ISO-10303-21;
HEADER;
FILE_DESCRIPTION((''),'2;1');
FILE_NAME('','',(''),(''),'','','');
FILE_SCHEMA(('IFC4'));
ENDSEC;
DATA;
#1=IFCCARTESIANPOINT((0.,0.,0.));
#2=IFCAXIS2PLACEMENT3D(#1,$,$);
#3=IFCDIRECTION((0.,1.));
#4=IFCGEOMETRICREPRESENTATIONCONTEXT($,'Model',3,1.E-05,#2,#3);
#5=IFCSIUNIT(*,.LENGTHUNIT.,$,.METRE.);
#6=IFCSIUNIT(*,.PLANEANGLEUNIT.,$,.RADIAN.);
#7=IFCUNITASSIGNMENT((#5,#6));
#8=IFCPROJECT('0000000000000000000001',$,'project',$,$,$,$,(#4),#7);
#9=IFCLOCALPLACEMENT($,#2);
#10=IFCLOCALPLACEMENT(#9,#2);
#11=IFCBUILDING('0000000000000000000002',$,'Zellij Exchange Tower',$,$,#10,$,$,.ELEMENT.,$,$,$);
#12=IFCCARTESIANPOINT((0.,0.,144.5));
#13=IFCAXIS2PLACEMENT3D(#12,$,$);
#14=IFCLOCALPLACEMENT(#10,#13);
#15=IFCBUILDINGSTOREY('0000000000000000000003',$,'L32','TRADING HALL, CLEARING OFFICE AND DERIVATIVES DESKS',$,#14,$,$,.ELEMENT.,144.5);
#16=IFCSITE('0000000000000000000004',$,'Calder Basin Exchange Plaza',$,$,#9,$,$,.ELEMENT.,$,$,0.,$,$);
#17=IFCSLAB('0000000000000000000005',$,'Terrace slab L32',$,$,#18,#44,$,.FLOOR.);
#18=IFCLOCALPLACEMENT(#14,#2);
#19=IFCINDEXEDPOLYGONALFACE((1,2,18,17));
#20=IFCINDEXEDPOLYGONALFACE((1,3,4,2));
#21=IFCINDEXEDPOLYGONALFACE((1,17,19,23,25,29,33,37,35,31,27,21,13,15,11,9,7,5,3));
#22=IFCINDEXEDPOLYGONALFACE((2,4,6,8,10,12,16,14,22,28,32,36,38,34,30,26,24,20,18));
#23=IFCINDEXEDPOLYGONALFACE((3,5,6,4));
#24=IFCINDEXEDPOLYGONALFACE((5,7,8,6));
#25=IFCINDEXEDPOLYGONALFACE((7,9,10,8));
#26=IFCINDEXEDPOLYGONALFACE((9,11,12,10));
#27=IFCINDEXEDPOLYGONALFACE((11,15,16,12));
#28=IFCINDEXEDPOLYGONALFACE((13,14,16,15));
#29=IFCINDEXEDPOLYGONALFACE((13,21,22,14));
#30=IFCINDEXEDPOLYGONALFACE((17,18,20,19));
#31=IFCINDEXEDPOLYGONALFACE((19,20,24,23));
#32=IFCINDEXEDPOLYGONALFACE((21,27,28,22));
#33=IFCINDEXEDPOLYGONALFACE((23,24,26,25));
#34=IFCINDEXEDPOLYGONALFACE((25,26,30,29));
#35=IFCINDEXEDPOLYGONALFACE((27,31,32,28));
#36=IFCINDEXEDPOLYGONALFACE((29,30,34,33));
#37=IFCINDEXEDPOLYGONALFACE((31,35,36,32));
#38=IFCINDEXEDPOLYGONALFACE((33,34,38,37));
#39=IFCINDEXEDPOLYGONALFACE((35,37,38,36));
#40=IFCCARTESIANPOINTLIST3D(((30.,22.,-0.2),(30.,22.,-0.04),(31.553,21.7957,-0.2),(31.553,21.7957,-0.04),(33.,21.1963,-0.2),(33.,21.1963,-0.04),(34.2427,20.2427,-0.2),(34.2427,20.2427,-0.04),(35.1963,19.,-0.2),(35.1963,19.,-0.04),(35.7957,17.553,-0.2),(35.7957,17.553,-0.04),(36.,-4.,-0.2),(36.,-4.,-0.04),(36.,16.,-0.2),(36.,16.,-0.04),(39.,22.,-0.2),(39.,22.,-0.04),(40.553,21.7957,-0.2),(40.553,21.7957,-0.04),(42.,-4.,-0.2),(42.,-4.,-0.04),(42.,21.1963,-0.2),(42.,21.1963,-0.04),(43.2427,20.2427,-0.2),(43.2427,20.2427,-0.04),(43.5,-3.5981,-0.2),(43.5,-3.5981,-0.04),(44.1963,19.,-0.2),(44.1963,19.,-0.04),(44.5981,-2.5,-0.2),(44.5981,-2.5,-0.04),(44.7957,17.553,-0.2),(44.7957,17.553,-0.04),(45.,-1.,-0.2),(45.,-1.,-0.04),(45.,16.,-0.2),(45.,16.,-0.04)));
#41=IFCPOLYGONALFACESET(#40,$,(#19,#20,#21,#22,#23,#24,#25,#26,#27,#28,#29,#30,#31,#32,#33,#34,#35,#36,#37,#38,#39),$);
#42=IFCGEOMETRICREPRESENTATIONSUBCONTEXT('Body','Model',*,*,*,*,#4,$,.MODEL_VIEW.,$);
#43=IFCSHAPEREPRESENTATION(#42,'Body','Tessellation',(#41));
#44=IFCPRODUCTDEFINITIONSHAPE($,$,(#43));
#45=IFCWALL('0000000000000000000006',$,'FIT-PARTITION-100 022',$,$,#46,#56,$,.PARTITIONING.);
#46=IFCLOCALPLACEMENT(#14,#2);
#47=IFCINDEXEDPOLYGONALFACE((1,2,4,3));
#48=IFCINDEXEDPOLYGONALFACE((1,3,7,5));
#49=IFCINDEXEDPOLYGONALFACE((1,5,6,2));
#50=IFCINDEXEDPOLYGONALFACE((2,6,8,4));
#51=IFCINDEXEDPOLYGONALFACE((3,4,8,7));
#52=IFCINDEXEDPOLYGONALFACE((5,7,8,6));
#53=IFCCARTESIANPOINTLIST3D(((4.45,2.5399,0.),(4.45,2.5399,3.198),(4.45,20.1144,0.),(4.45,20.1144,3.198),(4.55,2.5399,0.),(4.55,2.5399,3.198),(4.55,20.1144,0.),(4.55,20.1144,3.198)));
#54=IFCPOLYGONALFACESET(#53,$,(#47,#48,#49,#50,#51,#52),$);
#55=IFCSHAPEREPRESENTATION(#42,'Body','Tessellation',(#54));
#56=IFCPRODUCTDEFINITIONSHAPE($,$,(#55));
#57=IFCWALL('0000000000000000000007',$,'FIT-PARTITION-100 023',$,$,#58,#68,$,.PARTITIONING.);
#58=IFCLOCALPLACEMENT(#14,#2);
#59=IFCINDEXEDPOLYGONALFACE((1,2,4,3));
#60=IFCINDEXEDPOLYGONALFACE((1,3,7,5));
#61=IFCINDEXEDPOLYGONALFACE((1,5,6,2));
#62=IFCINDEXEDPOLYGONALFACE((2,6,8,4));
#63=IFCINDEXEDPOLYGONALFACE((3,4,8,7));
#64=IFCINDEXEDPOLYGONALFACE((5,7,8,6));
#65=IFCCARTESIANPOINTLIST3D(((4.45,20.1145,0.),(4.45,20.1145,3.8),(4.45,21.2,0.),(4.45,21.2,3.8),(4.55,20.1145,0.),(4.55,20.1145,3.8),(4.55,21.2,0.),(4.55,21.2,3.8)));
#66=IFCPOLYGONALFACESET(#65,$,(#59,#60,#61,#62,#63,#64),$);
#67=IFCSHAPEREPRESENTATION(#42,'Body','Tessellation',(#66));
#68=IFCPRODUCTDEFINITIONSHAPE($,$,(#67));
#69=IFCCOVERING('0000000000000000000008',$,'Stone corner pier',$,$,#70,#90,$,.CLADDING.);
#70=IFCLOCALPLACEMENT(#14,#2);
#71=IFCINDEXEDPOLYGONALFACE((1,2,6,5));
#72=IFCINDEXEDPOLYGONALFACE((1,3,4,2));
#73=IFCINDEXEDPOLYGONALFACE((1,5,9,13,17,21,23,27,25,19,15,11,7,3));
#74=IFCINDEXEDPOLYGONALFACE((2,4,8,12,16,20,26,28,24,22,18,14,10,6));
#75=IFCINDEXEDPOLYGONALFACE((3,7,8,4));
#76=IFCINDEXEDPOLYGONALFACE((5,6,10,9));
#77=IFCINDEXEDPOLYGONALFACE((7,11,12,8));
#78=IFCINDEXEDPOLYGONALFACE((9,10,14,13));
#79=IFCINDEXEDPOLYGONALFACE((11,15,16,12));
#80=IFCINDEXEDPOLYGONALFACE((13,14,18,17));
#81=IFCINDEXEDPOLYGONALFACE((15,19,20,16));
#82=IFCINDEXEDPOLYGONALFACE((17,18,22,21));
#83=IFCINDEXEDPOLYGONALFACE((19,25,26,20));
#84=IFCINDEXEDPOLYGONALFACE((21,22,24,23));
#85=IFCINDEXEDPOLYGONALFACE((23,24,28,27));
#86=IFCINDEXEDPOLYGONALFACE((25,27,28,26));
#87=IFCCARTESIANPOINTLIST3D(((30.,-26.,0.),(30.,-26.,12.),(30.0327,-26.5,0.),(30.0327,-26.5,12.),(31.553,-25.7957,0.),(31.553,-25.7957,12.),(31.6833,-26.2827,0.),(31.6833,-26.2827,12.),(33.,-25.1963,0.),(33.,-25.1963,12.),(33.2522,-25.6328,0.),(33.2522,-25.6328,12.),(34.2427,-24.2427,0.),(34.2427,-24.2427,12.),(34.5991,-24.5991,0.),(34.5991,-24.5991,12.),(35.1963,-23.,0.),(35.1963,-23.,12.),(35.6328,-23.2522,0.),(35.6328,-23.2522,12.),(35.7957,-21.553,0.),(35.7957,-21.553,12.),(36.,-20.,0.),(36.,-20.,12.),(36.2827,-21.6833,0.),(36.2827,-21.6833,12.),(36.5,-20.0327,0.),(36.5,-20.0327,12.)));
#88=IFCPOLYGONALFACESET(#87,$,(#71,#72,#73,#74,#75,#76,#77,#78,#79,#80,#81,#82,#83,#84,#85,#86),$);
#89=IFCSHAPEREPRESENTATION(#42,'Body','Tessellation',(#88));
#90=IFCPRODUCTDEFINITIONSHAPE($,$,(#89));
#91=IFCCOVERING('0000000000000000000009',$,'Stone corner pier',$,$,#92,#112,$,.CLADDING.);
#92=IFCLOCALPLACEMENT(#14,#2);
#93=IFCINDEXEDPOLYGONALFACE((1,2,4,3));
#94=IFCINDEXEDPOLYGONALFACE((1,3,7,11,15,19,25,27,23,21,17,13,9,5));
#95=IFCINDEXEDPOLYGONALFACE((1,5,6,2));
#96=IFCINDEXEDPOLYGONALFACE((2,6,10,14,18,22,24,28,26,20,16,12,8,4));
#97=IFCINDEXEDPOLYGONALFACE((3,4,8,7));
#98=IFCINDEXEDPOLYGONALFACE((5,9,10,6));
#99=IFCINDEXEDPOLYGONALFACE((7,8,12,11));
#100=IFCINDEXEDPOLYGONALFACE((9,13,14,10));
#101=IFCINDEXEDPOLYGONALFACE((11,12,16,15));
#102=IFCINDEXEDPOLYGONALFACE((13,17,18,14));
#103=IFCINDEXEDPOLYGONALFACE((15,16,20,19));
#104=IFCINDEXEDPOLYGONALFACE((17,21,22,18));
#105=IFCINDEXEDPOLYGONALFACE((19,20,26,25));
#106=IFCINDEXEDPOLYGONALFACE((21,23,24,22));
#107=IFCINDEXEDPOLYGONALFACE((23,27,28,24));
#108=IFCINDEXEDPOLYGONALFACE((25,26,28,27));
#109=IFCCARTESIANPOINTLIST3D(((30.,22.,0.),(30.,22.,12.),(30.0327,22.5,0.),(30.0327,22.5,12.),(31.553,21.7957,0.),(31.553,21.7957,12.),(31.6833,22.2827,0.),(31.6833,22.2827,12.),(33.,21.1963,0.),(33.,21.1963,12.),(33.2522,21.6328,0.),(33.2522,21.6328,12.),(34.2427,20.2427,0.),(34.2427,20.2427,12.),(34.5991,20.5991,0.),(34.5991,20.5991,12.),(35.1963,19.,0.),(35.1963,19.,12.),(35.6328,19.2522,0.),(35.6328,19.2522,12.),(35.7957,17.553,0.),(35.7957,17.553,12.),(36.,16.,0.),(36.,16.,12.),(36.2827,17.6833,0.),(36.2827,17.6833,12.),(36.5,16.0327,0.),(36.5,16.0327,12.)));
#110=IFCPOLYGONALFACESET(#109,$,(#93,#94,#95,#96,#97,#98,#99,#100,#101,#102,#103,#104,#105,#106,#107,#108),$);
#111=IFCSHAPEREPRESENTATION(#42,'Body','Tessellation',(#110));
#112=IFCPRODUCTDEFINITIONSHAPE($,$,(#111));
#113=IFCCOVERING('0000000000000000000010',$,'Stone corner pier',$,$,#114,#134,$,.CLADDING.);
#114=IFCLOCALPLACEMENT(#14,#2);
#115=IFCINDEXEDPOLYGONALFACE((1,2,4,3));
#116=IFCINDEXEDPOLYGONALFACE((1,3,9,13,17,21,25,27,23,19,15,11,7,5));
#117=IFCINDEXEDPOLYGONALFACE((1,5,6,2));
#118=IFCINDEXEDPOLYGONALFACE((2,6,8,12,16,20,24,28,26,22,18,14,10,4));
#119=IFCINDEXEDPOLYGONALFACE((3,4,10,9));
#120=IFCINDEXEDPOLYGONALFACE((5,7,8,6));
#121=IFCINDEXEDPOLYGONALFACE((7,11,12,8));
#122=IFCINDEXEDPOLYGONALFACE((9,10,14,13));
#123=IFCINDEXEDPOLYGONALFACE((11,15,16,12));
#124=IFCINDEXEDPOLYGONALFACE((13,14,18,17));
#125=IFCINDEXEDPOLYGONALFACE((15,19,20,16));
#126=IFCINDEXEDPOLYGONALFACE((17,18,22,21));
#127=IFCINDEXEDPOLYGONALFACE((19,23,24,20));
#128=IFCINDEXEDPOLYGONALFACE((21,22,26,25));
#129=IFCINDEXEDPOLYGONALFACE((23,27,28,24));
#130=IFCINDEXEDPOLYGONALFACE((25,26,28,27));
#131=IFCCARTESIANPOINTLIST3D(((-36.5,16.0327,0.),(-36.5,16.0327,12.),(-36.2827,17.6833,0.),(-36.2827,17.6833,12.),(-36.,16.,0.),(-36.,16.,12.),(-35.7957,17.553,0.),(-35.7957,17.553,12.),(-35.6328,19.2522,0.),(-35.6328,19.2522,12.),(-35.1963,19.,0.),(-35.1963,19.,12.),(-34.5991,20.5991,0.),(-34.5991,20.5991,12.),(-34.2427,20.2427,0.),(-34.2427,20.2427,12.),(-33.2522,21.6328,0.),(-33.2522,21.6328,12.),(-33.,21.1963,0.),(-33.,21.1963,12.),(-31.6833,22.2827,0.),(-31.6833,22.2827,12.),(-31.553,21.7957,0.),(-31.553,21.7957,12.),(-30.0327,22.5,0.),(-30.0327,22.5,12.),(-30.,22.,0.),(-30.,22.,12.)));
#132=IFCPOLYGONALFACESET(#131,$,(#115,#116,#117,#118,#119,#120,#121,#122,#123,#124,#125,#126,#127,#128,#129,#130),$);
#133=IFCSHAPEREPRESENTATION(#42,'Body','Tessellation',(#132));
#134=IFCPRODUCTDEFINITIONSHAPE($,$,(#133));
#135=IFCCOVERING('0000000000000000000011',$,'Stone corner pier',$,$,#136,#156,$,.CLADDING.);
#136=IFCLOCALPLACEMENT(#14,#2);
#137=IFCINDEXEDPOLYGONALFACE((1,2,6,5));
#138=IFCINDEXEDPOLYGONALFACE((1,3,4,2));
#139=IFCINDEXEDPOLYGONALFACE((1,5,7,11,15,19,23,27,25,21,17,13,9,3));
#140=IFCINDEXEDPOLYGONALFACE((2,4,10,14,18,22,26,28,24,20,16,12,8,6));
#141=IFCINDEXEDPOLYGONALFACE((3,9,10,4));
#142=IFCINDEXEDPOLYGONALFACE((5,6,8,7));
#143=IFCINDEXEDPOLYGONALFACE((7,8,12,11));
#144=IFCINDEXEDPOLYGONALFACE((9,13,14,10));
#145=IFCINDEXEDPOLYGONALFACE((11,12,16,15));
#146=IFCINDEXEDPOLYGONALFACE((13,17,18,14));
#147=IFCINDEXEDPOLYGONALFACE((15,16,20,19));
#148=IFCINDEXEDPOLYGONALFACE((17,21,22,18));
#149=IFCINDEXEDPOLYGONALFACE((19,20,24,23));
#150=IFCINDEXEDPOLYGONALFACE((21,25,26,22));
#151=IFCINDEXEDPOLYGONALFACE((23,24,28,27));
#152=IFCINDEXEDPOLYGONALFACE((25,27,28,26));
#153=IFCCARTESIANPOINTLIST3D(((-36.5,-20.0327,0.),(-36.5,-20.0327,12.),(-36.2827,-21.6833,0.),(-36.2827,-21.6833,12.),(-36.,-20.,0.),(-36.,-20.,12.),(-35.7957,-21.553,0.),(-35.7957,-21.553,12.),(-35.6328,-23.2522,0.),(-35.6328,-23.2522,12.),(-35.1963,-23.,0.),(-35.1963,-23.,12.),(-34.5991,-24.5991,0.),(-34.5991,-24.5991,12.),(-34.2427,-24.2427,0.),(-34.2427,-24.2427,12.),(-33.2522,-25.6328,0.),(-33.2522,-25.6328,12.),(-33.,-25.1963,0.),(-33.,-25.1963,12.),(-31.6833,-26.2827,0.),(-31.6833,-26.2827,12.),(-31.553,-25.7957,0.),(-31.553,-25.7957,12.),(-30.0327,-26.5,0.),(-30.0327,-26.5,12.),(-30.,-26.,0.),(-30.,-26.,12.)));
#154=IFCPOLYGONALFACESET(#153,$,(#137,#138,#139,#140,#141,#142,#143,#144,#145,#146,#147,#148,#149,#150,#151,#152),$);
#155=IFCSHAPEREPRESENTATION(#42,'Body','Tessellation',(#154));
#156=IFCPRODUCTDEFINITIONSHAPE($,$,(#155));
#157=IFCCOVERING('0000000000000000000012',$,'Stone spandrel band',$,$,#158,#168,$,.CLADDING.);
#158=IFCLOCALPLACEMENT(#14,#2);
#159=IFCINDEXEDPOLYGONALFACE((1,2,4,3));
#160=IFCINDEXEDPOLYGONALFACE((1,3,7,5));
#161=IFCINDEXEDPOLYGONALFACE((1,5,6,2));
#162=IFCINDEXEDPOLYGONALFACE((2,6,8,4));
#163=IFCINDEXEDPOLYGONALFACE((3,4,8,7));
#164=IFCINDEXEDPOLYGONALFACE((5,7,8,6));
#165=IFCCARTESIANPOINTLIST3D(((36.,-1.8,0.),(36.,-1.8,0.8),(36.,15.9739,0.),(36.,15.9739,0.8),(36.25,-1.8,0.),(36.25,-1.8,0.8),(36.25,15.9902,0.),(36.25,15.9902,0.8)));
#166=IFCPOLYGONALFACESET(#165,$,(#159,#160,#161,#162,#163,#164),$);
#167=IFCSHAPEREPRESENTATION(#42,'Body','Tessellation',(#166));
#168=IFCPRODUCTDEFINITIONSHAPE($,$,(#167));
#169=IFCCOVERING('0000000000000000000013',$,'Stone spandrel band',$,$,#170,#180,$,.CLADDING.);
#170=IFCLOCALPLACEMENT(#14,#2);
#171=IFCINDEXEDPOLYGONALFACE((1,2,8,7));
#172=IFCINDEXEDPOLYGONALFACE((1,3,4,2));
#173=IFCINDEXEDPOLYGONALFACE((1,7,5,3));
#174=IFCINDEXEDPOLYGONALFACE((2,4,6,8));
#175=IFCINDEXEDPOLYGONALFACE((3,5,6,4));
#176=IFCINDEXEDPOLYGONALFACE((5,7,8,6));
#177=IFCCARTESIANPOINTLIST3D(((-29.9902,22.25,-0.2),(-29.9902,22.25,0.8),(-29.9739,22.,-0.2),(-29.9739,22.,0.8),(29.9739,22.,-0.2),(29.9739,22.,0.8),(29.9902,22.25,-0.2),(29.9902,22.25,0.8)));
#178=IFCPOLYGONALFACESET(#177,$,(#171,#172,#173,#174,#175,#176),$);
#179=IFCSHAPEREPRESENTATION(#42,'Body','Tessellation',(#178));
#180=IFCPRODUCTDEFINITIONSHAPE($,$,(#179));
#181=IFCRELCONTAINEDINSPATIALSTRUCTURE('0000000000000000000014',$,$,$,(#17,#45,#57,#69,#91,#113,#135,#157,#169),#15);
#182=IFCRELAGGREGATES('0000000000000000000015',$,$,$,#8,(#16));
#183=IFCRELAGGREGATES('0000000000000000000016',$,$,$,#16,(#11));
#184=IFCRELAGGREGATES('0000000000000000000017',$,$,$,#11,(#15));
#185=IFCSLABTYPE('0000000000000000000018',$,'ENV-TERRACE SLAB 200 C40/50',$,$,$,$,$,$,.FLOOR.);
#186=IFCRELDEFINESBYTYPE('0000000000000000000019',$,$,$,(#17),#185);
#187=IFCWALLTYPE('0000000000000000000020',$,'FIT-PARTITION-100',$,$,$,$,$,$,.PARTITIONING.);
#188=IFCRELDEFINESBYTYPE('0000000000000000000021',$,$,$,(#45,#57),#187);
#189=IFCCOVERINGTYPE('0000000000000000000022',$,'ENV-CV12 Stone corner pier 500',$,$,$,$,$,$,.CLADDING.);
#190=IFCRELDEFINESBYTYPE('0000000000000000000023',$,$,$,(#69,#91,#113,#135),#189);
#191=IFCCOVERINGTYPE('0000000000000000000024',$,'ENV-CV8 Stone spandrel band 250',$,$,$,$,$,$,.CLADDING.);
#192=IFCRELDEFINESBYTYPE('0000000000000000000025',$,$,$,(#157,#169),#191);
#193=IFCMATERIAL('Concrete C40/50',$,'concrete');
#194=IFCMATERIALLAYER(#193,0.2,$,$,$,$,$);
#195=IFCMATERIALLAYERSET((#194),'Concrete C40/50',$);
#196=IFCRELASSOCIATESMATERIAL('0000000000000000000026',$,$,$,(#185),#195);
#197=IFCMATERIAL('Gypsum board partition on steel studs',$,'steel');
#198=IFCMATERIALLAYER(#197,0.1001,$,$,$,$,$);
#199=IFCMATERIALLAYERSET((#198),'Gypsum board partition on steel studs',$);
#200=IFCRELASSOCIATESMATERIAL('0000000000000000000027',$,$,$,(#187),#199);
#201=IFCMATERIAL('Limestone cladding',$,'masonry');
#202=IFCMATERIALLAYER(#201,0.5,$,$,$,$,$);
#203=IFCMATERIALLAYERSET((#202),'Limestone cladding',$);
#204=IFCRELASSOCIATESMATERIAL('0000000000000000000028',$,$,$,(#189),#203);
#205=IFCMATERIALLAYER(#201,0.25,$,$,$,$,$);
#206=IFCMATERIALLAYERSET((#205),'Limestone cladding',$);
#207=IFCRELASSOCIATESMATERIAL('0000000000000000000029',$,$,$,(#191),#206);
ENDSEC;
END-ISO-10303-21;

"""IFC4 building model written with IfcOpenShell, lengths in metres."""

from ifc_helpers import new_model, si_unit, direction, frame, frame_2d, origin, place, context, subcontext, project, spatial, polyline, rectangle, outline, extrude, material, layer, layer_set, type_object, element, save


model = new_model("IFC4")

# Units and contexts
model_context = context("Model", 3, precision=1e-05, world=origin(), true_north=direction((0.0, 1.0)))
body_context = subcontext(model_context, "Body", "Model", "MODEL_VIEW")
ifc_project = project(units=[si_unit("LENGTHUNIT", "METRE"), si_unit("PLANEANGLEUNIT", "RADIAN")], contexts=[model_context])

# Site, building, storey
site_placement = place(None, origin())
site = spatial("IfcSite", under=ifc_project, at=site_placement, Name="Calder Basin Exchange Plaza", CompositionType="ELEMENT", RefElevation=0.0)
building_placement = place(site_placement, origin())
building = spatial("IfcBuilding", under=site, at=building_placement, Name="Zellij Exchange Tower", CompositionType="ELEMENT")
storey_placement = place(building_placement, frame((0.0, 0.0, 144.5)))
storey = spatial("IfcBuildingStorey", under=building, at=storey_placement, Name="L32", Description="TRADING HALL, CLEARING OFFICE AND DERIVATIVES DESKS", CompositionType="ELEMENT", Elevation=144.5)

# Shared definitions
ifc_material_1 = material(Name="Concrete C40/50", Category="concrete")

# Slab
ifc_layer_1 = layer(ifc_material_1, 0.2)
ifc_layer_set_1 = layer_set([ifc_layer_1], Name="Concrete C40/50")
slab_type_1 = type_object("IfcSlabType", Name="ENV-TERRACE SLAB 200 C40/50", PredefinedType="FLOOR", material=ifc_layer_set_1)
slab_1_placement = place(storey_placement, frame((0.0, 0.0, -0.2)))
element("IfcSlab", 1, at=slab_1_placement, inside=storey, type_object=slab_type_1, Name="Terrace slab L32", PredefinedType="FLOOR", context=body_context, shape_type="SweptSolid", body=[
    extrude(outline(polyline([(42.0, 21.1963), (40.553, 21.7957), (39.0, 22.0), (30.0, 22.0), (31.553, 21.7957), (33.0, 21.1963), (34.2427, 20.2427), (35.1963, 19.0), (35.7957, 17.553), (36.0, 16.0), (36.0, -4.0), (42.0, -4.0), (43.5, -3.5981), (44.5981, -2.5), (45.0, -1.0), (45.0, 16.0), (44.7957, 17.553), (44.1963, 19.0), (43.2427, 20.2427), (42.0, 21.1963)])), origin(), (0.0, 0.0, 1.0), 0.1599),
])

# Walls
ifc_material_2 = material(Name="Gypsum board partition on steel studs", Category="steel")
ifc_layer_2 = layer(ifc_material_2, 0.1001)
ifc_layer_set_2 = layer_set([ifc_layer_2], Name="Gypsum board partition on steel studs")
wall_type = type_object("IfcWallType", Name="FIT-PARTITION-100", PredefinedType="PARTITIONING", material=ifc_layer_set_2)
wall_1_placement = place(storey_placement, frame((4.5, 2.54, 0.0), z_axis=(0.0, 0.0, 1.0), x_axis=(0.0, 1.0, 0.0)))
element("IfcWall", 2, at=wall_1_placement, inside=storey, type_object=wall_type, Name="FIT-PARTITION-100 022", PredefinedType="PARTITIONING", context=body_context, shape_type="SweptSolid", body=[
    extrude(rectangle(XDim=17.5745, YDim=0.1001, at=frame_2d((8.7871, 0.0))), origin(), (0.0, 0.0, 1.0), 3.198),
])
wall_2_placement = place(storey_placement, frame((4.5, 20.1145, 0.0), z_axis=(0.0, 0.0, 1.0), x_axis=(0.0, 1.0, 0.0)))
element("IfcWall", 3, at=wall_2_placement, inside=storey, type_object=wall_type, Name="FIT-PARTITION-100 023", PredefinedType="PARTITIONING", context=body_context, shape_type="SweptSolid", body=[
    extrude(rectangle(XDim=1.0854, YDim=0.1001, at=frame_2d((0.5427, 0.0))), origin(), (0.0, 0.0, 1.0), 3.8),
])

# Coverings
ifc_material_3 = material(Name="Limestone cladding", Category="masonry")
ifc_layer_3 = layer(ifc_material_3, 0.5)
ifc_layer_set_3 = layer_set([ifc_layer_3], Name="Limestone cladding")
covering_type_1 = type_object("IfcCoveringType", Name="ENV-CV12 Stone corner pier 500", PredefinedType="CLADDING", material=ifc_layer_set_3)
covering_1_placement = place(storey_placement, origin())
element("IfcCovering", 4, at=covering_1_placement, inside=storey, type_object=covering_type_1, Name="Stone corner pier", PredefinedType="CLADDING", context=body_context, shape_type="SweptSolid", body=[
    extrude(outline(polyline([(30.0, -26.0), (31.553, -25.7957), (33.0, -25.1963), (34.2427, -24.2427), (35.1963, -23.0), (35.7957, -21.553), (36.0, -20.0), (36.5, -20.0327), (36.2827, -21.6833), (35.6328, -23.2522), (34.5991, -24.5991), (33.2522, -25.6328), (31.6833, -26.2827), (30.0327, -26.5), (30.0, -26.0)])), origin(), (0.0, 0.0, 1.0), 12.0),
])
covering_2_placement = place(storey_placement, origin())
element("IfcCovering", 5, at=covering_2_placement, inside=storey, type_object=covering_type_1, Name="Stone corner pier", PredefinedType="CLADDING", context=body_context, shape_type="SweptSolid", body=[
    extrude(outline(polyline([(36.0, 16.0), (35.7957, 17.553), (35.1963, 19.0), (34.2427, 20.2427), (33.0, 21.1963), (31.553, 21.7957), (30.0, 22.0), (30.0327, 22.5), (31.6833, 22.2827), (33.2522, 21.6328), (34.5991, 20.5991), (35.6328, 19.2522), (36.2827, 17.6833), (36.5, 16.0327), (36.0, 16.0)])), origin(), (0.0, 0.0, 1.0), 12.0),
])
covering_3_placement = place(storey_placement, origin())
element("IfcCovering", 6, at=covering_3_placement, inside=storey, type_object=covering_type_1, Name="Stone corner pier", PredefinedType="CLADDING", context=body_context, shape_type="SweptSolid", body=[
    extrude(outline(polyline([(-30.0, 22.0), (-31.553, 21.7957), (-33.0, 21.1963), (-34.2427, 20.2427), (-35.1963, 19.0), (-35.7957, 17.553), (-36.0, 16.0), (-36.5, 16.0327), (-36.2827, 17.6833), (-35.6328, 19.2522), (-34.5991, 20.5991), (-33.2522, 21.6328), (-31.6833, 22.2827), (-30.0327, 22.5), (-30.0, 22.0)])), origin(), (0.0, 0.0, 1.0), 12.0),
])
covering_4_placement = place(storey_placement, origin())
element("IfcCovering", 7, at=covering_4_placement, inside=storey, type_object=covering_type_1, Name="Stone corner pier", PredefinedType="CLADDING", context=body_context, shape_type="SweptSolid", body=[
    extrude(outline(polyline([(-36.0, -20.0), (-35.7957, -21.553), (-35.1963, -23.0), (-34.2427, -24.2427), (-33.0, -25.1963), (-31.553, -25.7957), (-30.0, -26.0), (-30.0327, -26.5), (-31.6833, -26.2827), (-33.2522, -25.6328), (-34.5991, -24.5991), (-35.6328, -23.2522), (-36.2827, -21.6833), (-36.5, -20.0327), (-36.0, -20.0)])), origin(), (0.0, 0.0, 1.0), 12.0),
])
ifc_layer_4 = layer(ifc_material_3, 0.25)
ifc_layer_set_4 = layer_set([ifc_layer_4], Name="Limestone cladding")
covering_type_2 = type_object("IfcCoveringType", Name="ENV-CV8 Stone spandrel band 250", PredefinedType="CLADDING", material=ifc_layer_set_4)
covering_5_placement = place(storey_placement, origin())
element("IfcCovering", 8, at=covering_5_placement, inside=storey, type_object=covering_type_2, Name="Stone spandrel band", PredefinedType="CLADDING", context=body_context, shape_type="SweptSolid", body=[
    extrude(outline(polyline([(36.0, -1.8), (36.0, 15.9739), (36.25, 15.9902), (36.25, -1.8), (36.0, -1.8)])), origin(), (0.0, 0.0, 1.0), 0.8),
])
covering_6_placement = place(storey_placement, frame((0.0, 0.0, -0.2)))
element("IfcCovering", 9, at=covering_6_placement, inside=storey, type_object=covering_type_2, Name="Stone spandrel band", PredefinedType="CLADDING", context=body_context, shape_type="SweptSolid", body=[
    extrude(outline(polyline([(29.9739, 22.0), (-29.9739, 22.0), (-29.9902, 22.25), (29.9902, 22.25), (29.9739, 22.0)])), origin(), (0.0, 0.0, 1.0), 1.0),
])

save(model, "model.ifc")
